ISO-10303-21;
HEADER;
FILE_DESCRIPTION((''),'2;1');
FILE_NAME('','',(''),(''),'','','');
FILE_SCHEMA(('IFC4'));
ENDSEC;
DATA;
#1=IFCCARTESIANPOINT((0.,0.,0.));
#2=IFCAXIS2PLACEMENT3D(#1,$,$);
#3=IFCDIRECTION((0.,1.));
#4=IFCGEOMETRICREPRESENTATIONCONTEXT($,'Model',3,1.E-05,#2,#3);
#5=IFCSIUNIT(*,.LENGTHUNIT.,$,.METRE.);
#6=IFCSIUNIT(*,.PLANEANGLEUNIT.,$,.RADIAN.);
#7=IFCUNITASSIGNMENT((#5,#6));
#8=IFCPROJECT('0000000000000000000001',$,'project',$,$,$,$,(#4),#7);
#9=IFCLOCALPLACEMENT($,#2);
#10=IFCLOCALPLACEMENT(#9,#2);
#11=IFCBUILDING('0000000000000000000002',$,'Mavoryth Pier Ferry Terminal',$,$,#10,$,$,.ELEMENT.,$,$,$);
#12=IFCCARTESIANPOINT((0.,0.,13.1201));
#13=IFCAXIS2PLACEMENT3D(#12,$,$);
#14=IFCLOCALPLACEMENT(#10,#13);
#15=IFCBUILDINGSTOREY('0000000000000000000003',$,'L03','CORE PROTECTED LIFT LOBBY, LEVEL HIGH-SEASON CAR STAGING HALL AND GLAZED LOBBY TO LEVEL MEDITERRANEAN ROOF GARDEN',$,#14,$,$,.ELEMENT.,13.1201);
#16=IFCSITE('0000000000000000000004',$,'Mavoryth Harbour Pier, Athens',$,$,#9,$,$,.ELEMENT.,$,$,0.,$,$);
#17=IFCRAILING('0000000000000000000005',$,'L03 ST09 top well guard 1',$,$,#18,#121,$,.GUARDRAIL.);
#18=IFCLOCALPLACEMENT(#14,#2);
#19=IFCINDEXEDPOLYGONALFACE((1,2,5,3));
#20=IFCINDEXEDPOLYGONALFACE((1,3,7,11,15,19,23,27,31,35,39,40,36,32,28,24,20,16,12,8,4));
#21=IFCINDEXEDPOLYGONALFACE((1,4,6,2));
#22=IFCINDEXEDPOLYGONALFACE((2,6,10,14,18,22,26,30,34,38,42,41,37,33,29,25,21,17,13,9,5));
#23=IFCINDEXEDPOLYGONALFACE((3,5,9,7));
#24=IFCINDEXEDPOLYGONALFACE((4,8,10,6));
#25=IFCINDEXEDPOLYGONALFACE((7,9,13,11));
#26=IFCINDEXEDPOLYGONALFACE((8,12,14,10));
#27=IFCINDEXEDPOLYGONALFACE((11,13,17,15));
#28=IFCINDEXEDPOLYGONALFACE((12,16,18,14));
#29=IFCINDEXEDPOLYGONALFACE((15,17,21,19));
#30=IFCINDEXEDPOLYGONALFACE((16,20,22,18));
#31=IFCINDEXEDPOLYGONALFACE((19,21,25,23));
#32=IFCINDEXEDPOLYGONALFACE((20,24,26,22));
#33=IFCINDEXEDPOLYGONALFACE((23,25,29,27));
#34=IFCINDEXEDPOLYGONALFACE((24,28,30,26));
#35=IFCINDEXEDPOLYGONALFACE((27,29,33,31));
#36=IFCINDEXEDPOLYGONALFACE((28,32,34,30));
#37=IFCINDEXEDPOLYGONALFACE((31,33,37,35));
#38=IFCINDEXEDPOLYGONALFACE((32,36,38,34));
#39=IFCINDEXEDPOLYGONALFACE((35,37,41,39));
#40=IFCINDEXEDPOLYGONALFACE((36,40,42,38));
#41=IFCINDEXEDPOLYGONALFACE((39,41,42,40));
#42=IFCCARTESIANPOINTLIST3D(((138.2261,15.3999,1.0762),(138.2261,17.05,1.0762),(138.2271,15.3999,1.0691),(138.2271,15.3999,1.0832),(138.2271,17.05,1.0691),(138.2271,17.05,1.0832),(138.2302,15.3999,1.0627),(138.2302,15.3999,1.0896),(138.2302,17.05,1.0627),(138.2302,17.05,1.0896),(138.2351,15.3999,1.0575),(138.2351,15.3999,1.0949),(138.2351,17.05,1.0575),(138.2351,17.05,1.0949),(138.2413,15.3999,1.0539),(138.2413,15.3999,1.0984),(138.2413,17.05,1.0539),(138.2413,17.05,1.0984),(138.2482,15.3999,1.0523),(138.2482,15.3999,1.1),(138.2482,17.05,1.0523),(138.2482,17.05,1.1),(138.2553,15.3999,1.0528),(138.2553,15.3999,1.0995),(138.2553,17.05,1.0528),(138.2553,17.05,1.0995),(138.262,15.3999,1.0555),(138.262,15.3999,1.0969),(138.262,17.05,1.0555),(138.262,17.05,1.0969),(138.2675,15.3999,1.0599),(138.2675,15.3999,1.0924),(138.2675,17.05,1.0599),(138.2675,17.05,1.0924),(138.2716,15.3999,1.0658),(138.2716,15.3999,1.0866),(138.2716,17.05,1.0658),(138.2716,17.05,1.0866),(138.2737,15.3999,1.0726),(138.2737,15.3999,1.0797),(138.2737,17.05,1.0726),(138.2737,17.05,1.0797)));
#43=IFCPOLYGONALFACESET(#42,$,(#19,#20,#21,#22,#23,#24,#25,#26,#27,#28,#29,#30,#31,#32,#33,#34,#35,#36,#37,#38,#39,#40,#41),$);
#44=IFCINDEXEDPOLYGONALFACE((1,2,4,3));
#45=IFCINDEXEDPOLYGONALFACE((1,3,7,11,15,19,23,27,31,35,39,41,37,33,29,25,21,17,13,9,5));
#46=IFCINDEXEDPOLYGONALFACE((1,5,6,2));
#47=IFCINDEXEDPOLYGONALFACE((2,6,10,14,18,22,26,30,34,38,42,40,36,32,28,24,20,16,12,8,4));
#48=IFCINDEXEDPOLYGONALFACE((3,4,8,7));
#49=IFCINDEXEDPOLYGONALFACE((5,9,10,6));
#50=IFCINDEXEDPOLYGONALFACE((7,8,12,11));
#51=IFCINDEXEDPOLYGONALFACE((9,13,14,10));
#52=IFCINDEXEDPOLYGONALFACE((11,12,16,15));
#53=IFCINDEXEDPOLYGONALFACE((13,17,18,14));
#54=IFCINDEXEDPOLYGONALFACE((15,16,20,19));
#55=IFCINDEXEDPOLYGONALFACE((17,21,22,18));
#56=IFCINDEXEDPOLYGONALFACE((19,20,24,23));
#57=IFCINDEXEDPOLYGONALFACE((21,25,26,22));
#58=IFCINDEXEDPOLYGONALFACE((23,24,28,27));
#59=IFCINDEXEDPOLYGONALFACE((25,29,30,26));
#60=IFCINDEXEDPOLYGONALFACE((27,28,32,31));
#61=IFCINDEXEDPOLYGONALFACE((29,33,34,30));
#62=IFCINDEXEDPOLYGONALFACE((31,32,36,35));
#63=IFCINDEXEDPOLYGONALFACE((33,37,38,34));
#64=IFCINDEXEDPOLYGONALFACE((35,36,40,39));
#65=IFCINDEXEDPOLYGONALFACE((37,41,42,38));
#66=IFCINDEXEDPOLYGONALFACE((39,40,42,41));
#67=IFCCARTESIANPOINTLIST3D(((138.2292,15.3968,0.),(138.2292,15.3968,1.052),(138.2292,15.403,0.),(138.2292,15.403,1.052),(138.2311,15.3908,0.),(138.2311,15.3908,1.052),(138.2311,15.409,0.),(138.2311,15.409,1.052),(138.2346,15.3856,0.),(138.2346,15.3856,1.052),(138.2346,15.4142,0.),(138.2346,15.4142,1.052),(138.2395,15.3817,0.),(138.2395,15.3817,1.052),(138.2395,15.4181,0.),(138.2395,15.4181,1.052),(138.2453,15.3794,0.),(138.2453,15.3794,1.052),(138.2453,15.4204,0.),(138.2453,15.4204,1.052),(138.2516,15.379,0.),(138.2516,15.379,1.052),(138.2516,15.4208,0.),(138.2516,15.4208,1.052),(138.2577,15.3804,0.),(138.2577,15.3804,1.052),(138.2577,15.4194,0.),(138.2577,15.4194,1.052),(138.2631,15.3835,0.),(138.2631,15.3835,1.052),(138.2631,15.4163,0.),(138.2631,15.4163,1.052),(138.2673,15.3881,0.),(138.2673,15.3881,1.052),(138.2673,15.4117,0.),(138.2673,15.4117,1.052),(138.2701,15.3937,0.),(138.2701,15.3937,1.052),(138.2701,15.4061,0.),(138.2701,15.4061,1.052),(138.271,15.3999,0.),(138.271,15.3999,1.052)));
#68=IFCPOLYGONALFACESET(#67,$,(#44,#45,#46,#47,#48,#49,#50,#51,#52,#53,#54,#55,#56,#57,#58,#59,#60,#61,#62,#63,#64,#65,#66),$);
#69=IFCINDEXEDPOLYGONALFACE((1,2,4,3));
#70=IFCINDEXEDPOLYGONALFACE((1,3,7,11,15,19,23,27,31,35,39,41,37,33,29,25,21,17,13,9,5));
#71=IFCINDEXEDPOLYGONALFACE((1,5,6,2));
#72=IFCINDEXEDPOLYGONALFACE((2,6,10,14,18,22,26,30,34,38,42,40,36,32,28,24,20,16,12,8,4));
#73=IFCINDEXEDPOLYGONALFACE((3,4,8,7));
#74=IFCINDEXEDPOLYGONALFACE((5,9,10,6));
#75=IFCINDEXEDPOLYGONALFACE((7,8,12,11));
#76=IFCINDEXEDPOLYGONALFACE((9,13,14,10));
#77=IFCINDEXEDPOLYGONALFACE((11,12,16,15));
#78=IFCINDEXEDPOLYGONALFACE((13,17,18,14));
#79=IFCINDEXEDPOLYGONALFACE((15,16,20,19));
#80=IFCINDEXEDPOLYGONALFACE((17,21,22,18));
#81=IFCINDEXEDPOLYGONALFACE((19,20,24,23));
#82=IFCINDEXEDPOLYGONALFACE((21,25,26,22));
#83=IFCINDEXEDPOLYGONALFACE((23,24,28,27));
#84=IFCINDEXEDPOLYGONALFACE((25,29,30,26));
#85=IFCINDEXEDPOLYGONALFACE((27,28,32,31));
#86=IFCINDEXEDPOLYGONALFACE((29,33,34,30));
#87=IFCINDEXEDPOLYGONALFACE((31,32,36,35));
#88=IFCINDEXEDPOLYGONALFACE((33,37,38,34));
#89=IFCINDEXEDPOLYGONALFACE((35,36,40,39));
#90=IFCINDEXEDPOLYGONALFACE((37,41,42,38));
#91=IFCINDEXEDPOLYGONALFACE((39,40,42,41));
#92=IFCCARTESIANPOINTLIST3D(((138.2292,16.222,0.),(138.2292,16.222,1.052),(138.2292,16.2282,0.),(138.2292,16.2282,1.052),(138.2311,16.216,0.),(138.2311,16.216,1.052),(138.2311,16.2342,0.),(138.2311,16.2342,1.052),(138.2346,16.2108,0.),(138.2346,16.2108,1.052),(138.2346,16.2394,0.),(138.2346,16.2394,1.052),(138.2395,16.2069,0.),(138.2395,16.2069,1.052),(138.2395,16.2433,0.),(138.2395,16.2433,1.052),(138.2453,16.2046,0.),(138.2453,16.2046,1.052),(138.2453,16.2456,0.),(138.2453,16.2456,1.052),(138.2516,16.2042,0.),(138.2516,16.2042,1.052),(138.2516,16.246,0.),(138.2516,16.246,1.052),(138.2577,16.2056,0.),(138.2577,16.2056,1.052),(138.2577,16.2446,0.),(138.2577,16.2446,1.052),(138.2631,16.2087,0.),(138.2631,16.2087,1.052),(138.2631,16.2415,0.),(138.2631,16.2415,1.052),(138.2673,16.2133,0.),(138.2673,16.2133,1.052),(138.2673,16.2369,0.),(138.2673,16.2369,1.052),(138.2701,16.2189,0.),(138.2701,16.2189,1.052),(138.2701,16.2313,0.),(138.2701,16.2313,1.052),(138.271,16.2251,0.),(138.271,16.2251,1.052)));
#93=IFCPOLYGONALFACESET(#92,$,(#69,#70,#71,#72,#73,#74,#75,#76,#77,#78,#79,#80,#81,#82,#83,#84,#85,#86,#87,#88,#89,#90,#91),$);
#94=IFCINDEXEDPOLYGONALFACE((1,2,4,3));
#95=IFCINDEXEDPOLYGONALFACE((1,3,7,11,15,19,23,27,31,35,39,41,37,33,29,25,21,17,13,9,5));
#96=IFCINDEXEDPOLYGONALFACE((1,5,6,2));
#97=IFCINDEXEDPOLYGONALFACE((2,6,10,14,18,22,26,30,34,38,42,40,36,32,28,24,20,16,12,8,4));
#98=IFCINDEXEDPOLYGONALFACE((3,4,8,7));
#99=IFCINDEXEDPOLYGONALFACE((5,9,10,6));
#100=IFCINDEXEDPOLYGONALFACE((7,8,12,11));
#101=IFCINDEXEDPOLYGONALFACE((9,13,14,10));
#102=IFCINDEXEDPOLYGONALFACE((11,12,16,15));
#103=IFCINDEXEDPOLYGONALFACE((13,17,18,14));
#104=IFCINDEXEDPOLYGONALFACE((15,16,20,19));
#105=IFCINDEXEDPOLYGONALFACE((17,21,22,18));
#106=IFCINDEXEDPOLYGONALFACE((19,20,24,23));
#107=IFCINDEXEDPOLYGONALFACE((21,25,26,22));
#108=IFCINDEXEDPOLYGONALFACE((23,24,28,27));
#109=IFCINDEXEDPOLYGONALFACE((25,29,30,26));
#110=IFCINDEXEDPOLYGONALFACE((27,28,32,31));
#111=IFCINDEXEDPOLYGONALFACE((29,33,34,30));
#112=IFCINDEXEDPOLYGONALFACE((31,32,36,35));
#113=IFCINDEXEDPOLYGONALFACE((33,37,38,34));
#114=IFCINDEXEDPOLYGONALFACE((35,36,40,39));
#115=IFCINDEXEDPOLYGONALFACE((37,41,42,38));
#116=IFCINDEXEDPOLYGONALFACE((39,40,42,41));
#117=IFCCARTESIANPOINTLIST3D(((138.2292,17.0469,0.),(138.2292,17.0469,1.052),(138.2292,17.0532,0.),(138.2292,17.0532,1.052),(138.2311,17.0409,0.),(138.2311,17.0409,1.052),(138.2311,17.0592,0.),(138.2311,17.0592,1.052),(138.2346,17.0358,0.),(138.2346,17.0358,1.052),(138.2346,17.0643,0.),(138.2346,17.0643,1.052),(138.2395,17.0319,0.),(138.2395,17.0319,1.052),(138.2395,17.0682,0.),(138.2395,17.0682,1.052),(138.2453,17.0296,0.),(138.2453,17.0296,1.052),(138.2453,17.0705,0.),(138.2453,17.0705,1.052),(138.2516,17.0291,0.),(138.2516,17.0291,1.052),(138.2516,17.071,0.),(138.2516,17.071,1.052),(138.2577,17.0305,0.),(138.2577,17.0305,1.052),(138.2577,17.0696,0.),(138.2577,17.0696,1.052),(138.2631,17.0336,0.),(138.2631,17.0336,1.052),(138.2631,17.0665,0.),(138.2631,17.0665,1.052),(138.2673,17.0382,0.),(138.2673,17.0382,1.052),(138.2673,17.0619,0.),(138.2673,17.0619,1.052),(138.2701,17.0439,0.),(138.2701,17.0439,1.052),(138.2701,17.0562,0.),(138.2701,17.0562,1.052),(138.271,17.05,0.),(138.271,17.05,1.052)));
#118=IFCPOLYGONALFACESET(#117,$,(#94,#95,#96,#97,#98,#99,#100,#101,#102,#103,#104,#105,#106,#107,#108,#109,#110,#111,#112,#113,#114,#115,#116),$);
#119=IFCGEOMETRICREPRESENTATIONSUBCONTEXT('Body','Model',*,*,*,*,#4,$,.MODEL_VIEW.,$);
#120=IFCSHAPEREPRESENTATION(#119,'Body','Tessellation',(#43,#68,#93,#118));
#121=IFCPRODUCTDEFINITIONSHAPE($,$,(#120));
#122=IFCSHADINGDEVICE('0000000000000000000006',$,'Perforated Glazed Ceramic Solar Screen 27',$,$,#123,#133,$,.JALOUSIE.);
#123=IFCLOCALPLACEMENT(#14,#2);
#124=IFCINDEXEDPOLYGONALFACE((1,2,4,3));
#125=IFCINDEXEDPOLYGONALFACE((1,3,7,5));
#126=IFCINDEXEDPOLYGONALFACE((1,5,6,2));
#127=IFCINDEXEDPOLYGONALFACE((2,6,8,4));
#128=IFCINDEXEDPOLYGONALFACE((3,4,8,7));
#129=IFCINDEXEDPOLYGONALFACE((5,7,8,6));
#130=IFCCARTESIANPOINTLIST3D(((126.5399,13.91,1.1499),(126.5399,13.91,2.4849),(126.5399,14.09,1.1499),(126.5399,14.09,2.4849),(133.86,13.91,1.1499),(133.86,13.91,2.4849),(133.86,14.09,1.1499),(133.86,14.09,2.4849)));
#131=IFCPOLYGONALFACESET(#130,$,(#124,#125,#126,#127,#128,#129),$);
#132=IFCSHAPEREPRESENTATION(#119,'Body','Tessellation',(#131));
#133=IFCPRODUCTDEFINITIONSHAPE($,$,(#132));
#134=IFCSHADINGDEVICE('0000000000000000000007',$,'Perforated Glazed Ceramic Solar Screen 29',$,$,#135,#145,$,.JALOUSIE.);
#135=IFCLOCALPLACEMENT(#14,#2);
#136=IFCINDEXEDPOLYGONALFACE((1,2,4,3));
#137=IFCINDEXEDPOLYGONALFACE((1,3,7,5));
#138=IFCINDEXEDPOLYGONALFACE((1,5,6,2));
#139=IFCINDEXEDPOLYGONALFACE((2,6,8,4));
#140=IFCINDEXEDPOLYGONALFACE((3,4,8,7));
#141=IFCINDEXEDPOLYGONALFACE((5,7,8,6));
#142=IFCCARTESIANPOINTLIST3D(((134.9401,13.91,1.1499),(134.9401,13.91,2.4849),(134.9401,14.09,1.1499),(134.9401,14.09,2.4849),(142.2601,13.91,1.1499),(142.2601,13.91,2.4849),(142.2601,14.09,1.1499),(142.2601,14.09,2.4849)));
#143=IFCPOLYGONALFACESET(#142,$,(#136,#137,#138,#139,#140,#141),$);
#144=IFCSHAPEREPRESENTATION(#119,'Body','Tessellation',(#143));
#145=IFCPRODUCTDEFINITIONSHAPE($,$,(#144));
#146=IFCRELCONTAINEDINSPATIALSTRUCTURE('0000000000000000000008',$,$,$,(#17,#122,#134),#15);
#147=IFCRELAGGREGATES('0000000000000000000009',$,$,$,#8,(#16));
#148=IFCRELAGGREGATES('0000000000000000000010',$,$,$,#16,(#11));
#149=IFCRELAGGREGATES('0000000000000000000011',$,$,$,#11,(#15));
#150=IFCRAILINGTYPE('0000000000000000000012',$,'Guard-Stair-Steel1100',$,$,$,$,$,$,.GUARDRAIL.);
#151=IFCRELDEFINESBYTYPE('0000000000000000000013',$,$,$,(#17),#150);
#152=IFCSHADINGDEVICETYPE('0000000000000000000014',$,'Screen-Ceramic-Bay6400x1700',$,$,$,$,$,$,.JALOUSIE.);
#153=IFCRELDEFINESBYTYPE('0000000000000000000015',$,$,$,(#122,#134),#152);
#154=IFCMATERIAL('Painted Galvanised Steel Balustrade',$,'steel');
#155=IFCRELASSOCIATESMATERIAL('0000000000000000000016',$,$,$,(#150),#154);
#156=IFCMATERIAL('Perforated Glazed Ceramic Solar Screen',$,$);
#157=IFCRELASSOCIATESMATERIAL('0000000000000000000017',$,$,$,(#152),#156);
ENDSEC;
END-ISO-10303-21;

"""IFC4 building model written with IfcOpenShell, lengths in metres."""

from ifc_helpers import new_model, si_unit, direction, frame, origin, origin_2d, place, context, subcontext, project, spatial, rectangle, circle, extrude, material, type_object, element, save


model = new_model("IFC4")

# Units and contexts
model_context = context("Model", 3, precision=1e-05, world=origin(), true_north=direction((0.0, 1.0)))
body_context = subcontext(model_context, "Body", "Model", "MODEL_VIEW")
ifc_project = project(units=[si_unit("LENGTHUNIT", "METRE"), si_unit("PLANEANGLEUNIT", "RADIAN")], contexts=[model_context])

# Site, building, storey
site_placement = place(None, origin())
site = spatial("IfcSite", under=ifc_project, at=site_placement, Name="Mavoryth Harbour Pier, Athens", CompositionType="ELEMENT", RefElevation=0.0)
building_placement = place(site_placement, origin())
building = spatial("IfcBuilding", under=site, at=building_placement, Name="Mavoryth Pier Ferry Terminal", CompositionType="ELEMENT")
storey_placement = place(building_placement, frame((0.0, 0.0, 13.1201)))
storey = spatial("IfcBuildingStorey", under=building, at=storey_placement, Name="L03", Description="CORE PROTECTED LIFT LOBBY, LEVEL HIGH-SEASON CAR STAGING HALL AND GLAZED LOBBY TO LEVEL MEDITERRANEAN ROOF GARDEN", CompositionType="ELEMENT", Elevation=13.1201)

# Railing
ifc_material_1 = material(Name="Painted Galvanised Steel Balustrade", Category="steel")
railing_type_1 = type_object("IfcRailingType", Name="Guard-Stair-Steel1100", PredefinedType="GUARDRAIL", material=ifc_material_1)
railing_1_placement = place(storey_placement, frame((138.25, 15.3999, 0.0)))
element("IfcRailing", 1, at=railing_1_placement, inside=storey, type_object=railing_type_1, Name="L03 ST09 top well guard 1", PredefinedType="GUARDRAIL", context=body_context, shape_type="SweptSolid", body=[
    extrude(circle(Radius=0.0239, at=origin_2d()), frame((0.0, 0.0, 1.0762), z_axis=(0.0, 1.0, 0.0), x_axis=(-1.0, 0.0, 0.0)), (0.0, 0.0, 1.0), 1.6501),
    extrude(circle(Radius=0.021, at=origin_2d()), origin(), (0.0, 0.0, 1.0), 1.052),
    extrude(circle(Radius=0.021, at=origin_2d()), frame((0.0, 0.8252, 0.0)), (0.0, 0.0, 1.0), 1.052),
    extrude(circle(Radius=0.021, at=origin_2d()), frame((0.0, 1.6501, 0.0)), (0.0, 0.0, 1.0), 1.052),
])

# Shading devices
ifc_material_2 = material(Name="Perforated Glazed Ceramic Solar Screen")
shading_device_type = type_object("IfcShadingDeviceType", Name="Screen-Ceramic-Bay6400x1700", PredefinedType="JALOUSIE", material=ifc_material_2)
for number, where, z_axis, x_axis, name in (
    (2, (130.2, 14.0, 1.1499), (0.0, 0.0, 1.0), (1.0, 0.0, 0.0), "Perforated Glazed Ceramic Solar Screen 27"),
    (3, (138.6001, 14.0, 1.1499), (0.0, 0.0, 1.0), (1.0, 0.0, 0.0), "Perforated Glazed Ceramic Solar Screen 29"),
):
    element("IfcShadingDevice", number, at=place(storey_placement, frame(where, z_axis=z_axis, x_axis=x_axis)), inside=storey, type_object=shading_device_type, Name=name, PredefinedType="JALOUSIE", context=body_context, shape_type="SweptSolid", body=[
        extrude(rectangle(XDim=7.3201, YDim=0.1799, at=origin_2d()), origin(), (0.0, 0.0, 1.0), 1.335),
    ])

save(model, "model.ifc")
